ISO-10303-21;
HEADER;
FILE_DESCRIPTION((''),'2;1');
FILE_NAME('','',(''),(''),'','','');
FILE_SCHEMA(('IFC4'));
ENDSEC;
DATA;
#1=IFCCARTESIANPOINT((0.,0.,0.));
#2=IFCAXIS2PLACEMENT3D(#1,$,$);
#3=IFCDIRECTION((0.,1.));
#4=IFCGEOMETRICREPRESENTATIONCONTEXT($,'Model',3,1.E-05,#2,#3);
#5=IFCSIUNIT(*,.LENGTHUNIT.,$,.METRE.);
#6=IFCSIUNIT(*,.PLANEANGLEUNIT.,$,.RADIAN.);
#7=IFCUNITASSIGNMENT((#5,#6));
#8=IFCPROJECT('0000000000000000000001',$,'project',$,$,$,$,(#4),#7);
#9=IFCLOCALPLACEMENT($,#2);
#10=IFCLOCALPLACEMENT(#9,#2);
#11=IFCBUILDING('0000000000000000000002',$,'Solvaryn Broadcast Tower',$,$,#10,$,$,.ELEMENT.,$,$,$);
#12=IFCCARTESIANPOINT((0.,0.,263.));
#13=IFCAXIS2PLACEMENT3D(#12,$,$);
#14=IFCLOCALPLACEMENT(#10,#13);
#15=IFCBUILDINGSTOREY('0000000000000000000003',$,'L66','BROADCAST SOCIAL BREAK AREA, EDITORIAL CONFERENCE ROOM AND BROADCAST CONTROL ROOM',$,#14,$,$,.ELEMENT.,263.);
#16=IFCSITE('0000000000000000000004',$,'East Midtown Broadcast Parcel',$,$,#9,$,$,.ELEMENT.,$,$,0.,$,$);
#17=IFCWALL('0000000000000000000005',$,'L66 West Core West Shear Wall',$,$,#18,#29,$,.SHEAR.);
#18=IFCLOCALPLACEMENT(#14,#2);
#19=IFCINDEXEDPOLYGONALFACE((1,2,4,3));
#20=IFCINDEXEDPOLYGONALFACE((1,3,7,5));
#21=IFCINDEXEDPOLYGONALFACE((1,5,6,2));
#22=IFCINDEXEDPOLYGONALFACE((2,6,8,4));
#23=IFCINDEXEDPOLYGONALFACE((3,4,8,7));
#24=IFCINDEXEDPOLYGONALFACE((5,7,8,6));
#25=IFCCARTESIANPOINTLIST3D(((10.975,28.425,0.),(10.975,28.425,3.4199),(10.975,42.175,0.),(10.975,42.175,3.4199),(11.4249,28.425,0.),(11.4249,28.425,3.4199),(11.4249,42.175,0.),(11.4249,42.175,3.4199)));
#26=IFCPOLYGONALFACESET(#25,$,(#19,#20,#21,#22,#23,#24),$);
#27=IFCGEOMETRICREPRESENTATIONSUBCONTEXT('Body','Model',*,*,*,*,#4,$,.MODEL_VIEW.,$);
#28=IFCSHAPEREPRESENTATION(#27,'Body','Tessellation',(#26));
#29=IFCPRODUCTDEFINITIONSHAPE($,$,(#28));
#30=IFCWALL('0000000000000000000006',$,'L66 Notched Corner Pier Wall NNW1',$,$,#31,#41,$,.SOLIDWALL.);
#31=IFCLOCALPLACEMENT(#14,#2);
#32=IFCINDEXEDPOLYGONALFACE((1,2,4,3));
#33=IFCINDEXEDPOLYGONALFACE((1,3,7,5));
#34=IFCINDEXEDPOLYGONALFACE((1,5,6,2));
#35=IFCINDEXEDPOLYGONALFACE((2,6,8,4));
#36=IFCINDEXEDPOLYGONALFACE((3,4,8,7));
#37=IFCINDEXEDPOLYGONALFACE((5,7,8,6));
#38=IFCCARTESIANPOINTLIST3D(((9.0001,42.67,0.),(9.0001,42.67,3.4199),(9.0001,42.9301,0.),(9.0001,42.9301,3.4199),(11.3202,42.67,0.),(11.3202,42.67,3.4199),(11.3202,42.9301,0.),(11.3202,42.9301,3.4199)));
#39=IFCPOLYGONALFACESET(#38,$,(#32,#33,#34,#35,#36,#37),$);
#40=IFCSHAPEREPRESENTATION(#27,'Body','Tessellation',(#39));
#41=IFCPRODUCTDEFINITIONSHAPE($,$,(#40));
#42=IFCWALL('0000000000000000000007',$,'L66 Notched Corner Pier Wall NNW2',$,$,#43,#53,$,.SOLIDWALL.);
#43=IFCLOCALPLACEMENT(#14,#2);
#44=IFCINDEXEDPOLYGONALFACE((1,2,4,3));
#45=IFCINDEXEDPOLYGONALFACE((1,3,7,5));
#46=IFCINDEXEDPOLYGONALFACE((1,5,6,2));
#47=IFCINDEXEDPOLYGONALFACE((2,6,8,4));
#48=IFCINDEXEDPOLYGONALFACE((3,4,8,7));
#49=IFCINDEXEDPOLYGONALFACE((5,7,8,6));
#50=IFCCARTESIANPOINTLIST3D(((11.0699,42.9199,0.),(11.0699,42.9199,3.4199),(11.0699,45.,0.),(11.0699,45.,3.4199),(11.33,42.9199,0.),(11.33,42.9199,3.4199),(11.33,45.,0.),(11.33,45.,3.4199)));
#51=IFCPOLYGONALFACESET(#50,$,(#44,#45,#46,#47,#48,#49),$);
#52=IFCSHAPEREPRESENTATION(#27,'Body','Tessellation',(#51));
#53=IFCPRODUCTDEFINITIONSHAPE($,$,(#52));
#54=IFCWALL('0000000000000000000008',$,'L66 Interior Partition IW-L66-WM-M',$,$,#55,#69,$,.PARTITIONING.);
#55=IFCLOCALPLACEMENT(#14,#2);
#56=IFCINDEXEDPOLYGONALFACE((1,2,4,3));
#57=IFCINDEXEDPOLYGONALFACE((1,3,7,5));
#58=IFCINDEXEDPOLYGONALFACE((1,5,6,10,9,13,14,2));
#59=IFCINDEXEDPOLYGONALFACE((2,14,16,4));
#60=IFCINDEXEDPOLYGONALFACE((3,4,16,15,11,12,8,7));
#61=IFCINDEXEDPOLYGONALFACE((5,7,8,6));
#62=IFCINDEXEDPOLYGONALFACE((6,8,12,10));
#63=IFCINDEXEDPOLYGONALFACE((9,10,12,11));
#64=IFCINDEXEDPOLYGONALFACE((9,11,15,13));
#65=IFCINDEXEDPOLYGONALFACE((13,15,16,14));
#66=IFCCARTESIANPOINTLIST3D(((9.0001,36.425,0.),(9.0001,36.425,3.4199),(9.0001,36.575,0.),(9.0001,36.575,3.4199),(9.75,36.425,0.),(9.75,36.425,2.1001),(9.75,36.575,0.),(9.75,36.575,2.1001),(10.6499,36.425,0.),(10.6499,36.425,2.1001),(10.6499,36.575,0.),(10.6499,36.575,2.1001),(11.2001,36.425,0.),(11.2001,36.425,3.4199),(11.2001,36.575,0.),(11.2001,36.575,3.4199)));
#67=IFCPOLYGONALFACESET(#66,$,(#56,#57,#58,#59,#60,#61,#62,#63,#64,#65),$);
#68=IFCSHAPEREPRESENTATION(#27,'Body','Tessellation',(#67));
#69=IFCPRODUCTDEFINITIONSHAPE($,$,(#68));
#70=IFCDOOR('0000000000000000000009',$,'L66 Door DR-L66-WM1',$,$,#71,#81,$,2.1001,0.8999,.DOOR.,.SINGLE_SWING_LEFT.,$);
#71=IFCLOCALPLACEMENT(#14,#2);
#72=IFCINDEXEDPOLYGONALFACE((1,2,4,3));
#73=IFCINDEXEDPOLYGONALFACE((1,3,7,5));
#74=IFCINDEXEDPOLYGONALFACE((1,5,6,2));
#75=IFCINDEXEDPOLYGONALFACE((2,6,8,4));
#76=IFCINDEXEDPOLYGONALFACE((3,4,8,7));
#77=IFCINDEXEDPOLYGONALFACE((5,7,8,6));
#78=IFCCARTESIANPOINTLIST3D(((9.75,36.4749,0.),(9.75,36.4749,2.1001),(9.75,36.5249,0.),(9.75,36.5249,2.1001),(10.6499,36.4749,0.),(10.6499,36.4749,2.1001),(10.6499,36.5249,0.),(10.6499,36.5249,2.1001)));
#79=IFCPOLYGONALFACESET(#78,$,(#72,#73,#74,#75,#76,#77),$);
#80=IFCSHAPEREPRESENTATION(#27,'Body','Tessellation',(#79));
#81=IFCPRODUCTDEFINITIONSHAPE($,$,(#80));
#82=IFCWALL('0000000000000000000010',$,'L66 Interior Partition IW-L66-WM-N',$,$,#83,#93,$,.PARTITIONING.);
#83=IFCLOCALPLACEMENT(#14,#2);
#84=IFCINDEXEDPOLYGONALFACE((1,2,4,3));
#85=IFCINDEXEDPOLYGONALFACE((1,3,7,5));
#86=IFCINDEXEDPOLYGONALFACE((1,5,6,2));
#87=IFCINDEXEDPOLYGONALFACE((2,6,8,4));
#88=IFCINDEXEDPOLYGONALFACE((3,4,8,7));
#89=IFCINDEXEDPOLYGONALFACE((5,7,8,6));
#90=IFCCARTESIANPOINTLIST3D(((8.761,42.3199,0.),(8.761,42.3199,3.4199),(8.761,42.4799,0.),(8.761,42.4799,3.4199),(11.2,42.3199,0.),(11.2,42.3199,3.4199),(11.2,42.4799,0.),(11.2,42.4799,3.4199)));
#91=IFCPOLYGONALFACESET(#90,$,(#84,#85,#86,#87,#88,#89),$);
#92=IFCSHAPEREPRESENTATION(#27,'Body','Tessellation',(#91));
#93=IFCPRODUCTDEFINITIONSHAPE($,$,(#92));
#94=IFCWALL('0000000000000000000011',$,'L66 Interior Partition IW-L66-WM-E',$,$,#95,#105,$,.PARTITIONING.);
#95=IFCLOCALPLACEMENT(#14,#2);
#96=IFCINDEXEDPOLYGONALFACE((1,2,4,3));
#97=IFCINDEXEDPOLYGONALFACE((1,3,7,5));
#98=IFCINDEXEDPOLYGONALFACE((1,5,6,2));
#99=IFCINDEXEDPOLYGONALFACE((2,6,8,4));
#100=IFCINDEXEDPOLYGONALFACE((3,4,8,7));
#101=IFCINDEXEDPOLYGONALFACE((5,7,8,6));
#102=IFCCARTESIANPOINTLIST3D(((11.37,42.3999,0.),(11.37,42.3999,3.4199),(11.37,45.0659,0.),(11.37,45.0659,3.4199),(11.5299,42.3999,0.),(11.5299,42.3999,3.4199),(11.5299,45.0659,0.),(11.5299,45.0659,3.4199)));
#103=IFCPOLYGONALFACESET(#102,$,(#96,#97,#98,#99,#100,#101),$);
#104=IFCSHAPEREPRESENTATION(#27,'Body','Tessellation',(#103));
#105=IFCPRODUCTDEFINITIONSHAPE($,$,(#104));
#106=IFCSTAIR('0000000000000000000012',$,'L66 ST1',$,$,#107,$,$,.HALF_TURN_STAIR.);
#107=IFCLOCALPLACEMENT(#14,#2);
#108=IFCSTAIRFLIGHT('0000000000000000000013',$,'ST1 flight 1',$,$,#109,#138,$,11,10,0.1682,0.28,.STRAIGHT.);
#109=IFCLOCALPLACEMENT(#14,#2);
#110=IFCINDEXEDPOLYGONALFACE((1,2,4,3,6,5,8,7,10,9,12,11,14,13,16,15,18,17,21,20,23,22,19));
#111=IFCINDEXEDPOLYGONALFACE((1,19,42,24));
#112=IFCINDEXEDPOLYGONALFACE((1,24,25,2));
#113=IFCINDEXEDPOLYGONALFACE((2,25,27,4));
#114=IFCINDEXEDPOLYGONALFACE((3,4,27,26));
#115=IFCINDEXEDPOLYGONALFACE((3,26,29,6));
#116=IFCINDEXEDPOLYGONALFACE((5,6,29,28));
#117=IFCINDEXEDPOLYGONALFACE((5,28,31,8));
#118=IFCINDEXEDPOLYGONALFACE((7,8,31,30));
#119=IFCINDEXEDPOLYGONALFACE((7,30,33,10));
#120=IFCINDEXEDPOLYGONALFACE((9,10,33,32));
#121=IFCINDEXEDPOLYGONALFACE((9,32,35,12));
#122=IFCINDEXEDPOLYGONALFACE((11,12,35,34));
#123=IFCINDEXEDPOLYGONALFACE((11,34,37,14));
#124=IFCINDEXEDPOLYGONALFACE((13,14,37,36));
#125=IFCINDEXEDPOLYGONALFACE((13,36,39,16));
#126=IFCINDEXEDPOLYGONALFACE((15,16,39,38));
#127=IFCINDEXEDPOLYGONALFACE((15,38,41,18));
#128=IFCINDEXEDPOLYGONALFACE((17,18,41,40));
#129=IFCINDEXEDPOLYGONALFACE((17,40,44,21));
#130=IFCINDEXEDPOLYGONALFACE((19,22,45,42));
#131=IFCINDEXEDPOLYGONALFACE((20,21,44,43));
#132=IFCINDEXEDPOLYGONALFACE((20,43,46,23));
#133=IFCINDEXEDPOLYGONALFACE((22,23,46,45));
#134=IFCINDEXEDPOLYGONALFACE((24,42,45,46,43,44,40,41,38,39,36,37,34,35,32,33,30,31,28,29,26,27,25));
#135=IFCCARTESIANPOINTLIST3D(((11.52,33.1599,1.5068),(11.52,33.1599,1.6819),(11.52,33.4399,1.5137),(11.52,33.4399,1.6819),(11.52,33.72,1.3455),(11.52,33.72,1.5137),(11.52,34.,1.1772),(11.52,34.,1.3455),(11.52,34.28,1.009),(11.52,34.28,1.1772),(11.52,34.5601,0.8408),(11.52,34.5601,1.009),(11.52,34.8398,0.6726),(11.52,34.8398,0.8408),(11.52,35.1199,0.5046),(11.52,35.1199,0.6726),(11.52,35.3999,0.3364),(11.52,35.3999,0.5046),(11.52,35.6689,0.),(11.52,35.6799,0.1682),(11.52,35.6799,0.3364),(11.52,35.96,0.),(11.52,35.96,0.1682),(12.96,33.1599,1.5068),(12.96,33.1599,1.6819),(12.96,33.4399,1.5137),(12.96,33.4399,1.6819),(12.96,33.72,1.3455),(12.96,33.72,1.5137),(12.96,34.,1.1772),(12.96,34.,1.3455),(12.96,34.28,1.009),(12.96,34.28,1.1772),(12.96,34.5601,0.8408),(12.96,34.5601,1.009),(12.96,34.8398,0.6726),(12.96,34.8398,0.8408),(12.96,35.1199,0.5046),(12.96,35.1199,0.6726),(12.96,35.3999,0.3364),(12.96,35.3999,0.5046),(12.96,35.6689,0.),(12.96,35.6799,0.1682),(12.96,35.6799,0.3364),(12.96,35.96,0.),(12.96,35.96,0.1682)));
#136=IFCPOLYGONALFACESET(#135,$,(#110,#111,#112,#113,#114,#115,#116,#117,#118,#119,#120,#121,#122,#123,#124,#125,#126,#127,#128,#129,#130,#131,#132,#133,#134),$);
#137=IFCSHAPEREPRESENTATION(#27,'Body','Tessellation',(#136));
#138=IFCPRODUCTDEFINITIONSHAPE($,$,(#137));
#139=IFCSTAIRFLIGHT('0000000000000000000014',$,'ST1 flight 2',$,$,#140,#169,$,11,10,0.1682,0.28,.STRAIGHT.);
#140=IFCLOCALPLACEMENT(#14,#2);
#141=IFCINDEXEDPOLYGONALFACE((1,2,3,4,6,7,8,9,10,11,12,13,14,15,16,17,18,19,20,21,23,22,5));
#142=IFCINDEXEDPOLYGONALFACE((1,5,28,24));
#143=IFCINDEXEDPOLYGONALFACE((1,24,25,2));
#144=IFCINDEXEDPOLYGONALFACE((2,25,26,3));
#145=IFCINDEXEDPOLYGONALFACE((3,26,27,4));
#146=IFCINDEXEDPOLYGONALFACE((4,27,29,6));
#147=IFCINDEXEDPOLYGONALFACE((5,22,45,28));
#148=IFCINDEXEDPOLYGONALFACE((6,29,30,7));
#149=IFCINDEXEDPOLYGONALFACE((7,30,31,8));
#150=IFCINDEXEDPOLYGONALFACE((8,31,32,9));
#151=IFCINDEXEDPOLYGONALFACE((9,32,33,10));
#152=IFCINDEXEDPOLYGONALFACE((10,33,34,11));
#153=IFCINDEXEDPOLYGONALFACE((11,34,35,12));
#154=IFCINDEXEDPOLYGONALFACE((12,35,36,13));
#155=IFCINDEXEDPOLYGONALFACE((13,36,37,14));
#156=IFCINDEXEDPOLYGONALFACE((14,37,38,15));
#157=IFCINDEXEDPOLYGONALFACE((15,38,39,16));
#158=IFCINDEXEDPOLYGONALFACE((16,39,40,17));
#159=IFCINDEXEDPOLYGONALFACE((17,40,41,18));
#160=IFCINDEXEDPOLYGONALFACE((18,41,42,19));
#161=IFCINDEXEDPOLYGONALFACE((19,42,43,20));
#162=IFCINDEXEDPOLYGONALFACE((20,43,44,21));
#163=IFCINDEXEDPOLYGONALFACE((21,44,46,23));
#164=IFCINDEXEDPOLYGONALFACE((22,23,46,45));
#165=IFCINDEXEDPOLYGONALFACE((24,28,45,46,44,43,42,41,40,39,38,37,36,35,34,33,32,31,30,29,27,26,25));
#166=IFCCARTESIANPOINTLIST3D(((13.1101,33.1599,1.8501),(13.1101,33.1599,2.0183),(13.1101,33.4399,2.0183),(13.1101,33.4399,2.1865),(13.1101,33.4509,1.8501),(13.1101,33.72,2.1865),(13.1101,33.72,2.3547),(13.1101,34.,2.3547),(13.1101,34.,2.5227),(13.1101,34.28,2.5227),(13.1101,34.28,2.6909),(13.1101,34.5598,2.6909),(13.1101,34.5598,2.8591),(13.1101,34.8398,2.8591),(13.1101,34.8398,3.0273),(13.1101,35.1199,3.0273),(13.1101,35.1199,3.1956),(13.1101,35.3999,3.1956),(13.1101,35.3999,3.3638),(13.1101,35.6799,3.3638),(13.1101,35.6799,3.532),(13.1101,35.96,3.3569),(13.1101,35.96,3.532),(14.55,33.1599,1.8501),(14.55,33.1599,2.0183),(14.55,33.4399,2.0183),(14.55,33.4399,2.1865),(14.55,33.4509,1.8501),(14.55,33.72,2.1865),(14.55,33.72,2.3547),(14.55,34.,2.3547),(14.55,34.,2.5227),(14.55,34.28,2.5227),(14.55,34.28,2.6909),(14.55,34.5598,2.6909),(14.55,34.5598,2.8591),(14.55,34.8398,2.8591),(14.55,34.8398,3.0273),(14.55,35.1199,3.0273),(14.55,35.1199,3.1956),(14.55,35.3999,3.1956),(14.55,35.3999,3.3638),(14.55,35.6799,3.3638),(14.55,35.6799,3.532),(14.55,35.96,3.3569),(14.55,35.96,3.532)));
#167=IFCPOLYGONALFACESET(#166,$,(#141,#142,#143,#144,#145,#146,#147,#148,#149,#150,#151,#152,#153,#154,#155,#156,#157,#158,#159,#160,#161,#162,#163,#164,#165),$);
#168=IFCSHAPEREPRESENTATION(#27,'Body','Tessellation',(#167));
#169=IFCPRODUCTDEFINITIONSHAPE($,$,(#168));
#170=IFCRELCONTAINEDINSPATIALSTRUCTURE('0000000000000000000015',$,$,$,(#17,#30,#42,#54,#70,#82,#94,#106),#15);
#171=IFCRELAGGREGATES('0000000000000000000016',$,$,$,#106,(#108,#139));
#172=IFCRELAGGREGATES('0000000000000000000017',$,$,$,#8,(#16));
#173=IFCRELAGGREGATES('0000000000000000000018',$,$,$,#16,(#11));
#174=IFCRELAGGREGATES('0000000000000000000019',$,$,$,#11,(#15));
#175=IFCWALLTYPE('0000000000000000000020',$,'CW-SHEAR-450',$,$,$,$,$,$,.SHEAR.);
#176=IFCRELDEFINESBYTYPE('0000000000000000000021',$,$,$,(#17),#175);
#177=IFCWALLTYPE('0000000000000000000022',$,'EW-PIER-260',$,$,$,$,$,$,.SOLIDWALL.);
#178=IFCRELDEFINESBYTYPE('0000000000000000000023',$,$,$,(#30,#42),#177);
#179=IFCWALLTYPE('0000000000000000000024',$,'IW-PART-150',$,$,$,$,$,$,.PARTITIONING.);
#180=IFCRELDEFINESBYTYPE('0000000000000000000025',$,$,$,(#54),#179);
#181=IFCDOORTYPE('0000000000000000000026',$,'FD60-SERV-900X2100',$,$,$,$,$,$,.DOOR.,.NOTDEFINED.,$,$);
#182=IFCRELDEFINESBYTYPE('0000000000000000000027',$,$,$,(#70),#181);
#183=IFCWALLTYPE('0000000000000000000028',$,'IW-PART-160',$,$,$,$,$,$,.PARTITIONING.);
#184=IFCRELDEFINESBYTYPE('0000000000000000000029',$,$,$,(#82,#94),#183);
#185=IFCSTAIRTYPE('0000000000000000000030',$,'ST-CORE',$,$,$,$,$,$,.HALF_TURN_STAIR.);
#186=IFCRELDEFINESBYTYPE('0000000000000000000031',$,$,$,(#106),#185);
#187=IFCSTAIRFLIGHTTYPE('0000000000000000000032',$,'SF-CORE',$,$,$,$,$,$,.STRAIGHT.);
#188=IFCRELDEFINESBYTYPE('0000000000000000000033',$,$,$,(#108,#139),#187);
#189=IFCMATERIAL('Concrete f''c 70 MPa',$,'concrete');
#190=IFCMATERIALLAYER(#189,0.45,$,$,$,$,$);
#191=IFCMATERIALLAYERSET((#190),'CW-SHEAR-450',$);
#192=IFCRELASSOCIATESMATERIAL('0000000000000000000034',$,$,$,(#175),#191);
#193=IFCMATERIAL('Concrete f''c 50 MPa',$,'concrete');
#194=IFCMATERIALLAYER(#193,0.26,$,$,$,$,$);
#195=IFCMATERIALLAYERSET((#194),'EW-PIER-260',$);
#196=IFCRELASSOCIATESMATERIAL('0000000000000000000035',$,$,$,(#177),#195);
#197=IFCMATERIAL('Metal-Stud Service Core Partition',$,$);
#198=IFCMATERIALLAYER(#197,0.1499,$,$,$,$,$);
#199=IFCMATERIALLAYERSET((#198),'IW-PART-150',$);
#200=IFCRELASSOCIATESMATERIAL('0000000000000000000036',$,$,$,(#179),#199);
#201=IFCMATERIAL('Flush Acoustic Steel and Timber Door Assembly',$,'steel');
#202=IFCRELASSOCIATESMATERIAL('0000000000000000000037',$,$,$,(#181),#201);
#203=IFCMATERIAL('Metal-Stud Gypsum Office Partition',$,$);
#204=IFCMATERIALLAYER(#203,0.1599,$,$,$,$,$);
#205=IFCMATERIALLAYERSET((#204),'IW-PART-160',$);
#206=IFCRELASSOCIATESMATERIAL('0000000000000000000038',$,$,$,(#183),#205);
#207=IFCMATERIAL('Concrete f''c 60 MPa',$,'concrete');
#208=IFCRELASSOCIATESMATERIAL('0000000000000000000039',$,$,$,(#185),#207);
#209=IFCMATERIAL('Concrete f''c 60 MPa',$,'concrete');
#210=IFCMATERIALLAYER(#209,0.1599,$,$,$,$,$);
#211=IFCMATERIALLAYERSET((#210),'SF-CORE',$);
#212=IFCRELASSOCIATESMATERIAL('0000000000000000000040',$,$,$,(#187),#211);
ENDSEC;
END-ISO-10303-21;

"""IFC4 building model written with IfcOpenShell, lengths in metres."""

from ifc_helpers import new_model, si_unit, direction, frame, frame_2d, origin, place, context, subcontext, project, spatial, polyline, rectangle, outline, extrude, material, layer, layer_set, type_object, element, fill, aggregate, save


model = new_model("IFC4")

# Units and contexts
model_context = context("Model", 3, precision=1e-05, world=origin(), true_north=direction((0.0, 1.0)))
body_context = subcontext(model_context, "Body", "Model", "MODEL_VIEW")
ifc_project = project(units=[si_unit("LENGTHUNIT", "METRE"), si_unit("PLANEANGLEUNIT", "RADIAN")], contexts=[model_context])

# Site, building, storey
site_placement = place(None, origin())
site = spatial("IfcSite", under=ifc_project, at=site_placement, Name="East Midtown Broadcast Parcel", CompositionType="ELEMENT", RefElevation=0.0)
building_placement = place(site_placement, origin())
building = spatial("IfcBuilding", under=site, at=building_placement, Name="Solvaryn Broadcast Tower", CompositionType="ELEMENT")
storey_placement = place(building_placement, frame((0.0, 0.0, 263.0)))
storey = spatial("IfcBuildingStorey", under=building, at=storey_placement, Name="L66", Description="BROADCAST SOCIAL BREAK AREA, EDITORIAL CONFERENCE ROOM AND BROADCAST CONTROL ROOM", CompositionType="ELEMENT", Elevation=263.0)

# Walls
ifc_material_1 = material(Name="Concrete f'c 70 MPa", Category="concrete")
ifc_layer_1 = layer(ifc_material_1, 0.45)
ifc_layer_set_1 = layer_set([ifc_layer_1], Name="CW-SHEAR-450")
wall_type_1 = type_object("IfcWallType", Name="CW-SHEAR-450", PredefinedType="SHEAR", material=ifc_layer_set_1)
wall_1_placement = place(storey_placement, frame((11.2, 42.175, 0.0), z_axis=(0.0, 0.0, 1.0), x_axis=(0.0, -1.0, 0.0)))
element("IfcWall", 1, at=wall_1_placement, inside=storey, type_object=wall_type_1, Name="L66 West Core West Shear Wall", PredefinedType="SHEAR", context=body_context, shape_type="SweptSolid", body=[
    extrude(rectangle(XDim=13.75, YDim=0.45, at=frame_2d((6.875, 0.0))), origin(), (0.0, 0.0, 1.0), 3.4199),
])
ifc_material_2 = material(Name="Concrete f'c 50 MPa", Category="concrete")
ifc_layer_2 = layer(ifc_material_2, 0.26)
ifc_layer_set_2 = layer_set([ifc_layer_2], Name="EW-PIER-260")
wall_type_2 = type_object("IfcWallType", Name="EW-PIER-260", PredefinedType="SOLIDWALL", material=ifc_layer_set_2)
wall_2_placement = place(storey_placement, frame((9.0, 42.8, 0.0), z_axis=(0.0, 0.0, 1.0), x_axis=(1.0, 0.0, 0.0)))
element("IfcWall", 2, at=wall_2_placement, inside=storey, type_object=wall_type_2, Name="L66 Notched Corner Pier Wall NNW1", PredefinedType="SOLIDWALL", context=body_context, shape_type="SweptSolid", body=[
    extrude(rectangle(XDim=2.3201, YDim=0.26, at=frame_2d((1.1602, 0.0))), origin(), (0.0, 0.0, 1.0), 3.4199),
])
wall_3_placement = place(storey_placement, frame((11.2, 42.9199, 0.0), z_axis=(0.0, 0.0, 1.0), x_axis=(0.0, 1.0, 0.0)))
element("IfcWall", 3, at=wall_3_placement, inside=storey, type_object=wall_type_2, Name="L66 Notched Corner Pier Wall NNW2", PredefinedType="SOLIDWALL", context=body_context, shape_type="SweptSolid", body=[
    extrude(rectangle(XDim=2.0801, YDim=0.26, at=frame_2d((1.04, 0.0))), origin(), (0.0, 0.0, 1.0), 3.4199),
])

# Wall, opening, door
ifc_material_3 = material(Name="Metal-Stud Service Core Partition")
ifc_layer_3 = layer(ifc_material_3, 0.1499)
ifc_layer_set_3 = layer_set([ifc_layer_3], Name="IW-PART-150")
wall_type_3 = type_object("IfcWallType", Name="IW-PART-150", PredefinedType="PARTITIONING", material=ifc_layer_set_3)
wall_4_placement = place(storey_placement, frame((9.0, 36.5, 0.0), z_axis=(0.0, 0.0, 1.0), x_axis=(1.0, 0.0, 0.0)))
wall_4 = element("IfcWall", 4, at=wall_4_placement, inside=storey, type_object=wall_type_3, Name="L66 Interior Partition IW-L66-WM-M", PredefinedType="PARTITIONING", context=body_context, shape_type="SweptSolid", body=[
    extrude(rectangle(XDim=2.2, YDim=0.1499, at=frame_2d((1.1001, 0.0))), origin(), (0.0, 0.0, 1.0), 3.4199),
])
opening_placement = place(wall_4_placement, frame((0.75, 0.0, 0.0)))
opening = element("IfcOpeningElement", 5, at=opening_placement, cuts=wall_4, PredefinedType="OPENING", context=body_context, shape_type="SweptSolid", body=[
    extrude(rectangle(XDim=0.8999, YDim=2.1001, at=frame_2d((0.45, 1.05))), frame((0.0, 0.085, 0.0), z_axis=(0.0, -1.0, 0.0), x_axis=(1.0, 0.0, 0.0)), (0.0, 0.0, 1.0), 0.1699),
])
ifc_material_4 = material(Name="Flush Acoustic Steel and Timber Door Assembly", Category="steel")
door_type = type_object("IfcDoorType", Name="FD60-SERV-900X2100", OperationType="NOTDEFINED", PredefinedType="DOOR", material=ifc_material_4)
door_placement = place(opening_placement, origin())
door = element("IfcDoor", 6, at=door_placement, inside=storey, type_object=door_type, Name="L66 Door DR-L66-WM1", OperationType="SINGLE_SWING_LEFT", OverallHeight=2.1001, OverallWidth=0.8999, PredefinedType="DOOR", context=body_context, shape_type="SweptSolid", body=[
    extrude(rectangle(XDim=0.8999, YDim=2.1001, at=frame_2d((0.45, 1.05))), frame((0.0, 0.0249, 0.0), z_axis=(0.0, -1.0, 0.0), x_axis=(1.0, 0.0, 0.0)), (0.0, 0.0, 1.0), 0.05),
])
fill(opening, door)

# Walls
ifc_material_5 = material(Name="Metal-Stud Gypsum Office Partition")
ifc_layer_4 = layer(ifc_material_5, 0.1599)
ifc_layer_set_4 = layer_set([ifc_layer_4], Name="IW-PART-160")
wall_type_4 = type_object("IfcWallType", Name="IW-PART-160", PredefinedType="PARTITIONING", material=ifc_layer_set_4)
wall_5_placement = place(storey_placement, frame((8.761, 42.3999, 0.0), z_axis=(0.0, 0.0, 1.0), x_axis=(1.0, 0.0, 0.0)))
element("IfcWall", 7, at=wall_5_placement, inside=storey, type_object=wall_type_4, Name="L66 Interior Partition IW-L66-WM-N", PredefinedType="PARTITIONING", context=body_context, shape_type="SweptSolid", body=[
    extrude(rectangle(XDim=2.439, YDim=0.1599, at=frame_2d((1.2195, 0.0))), origin(), (0.0, 0.0, 1.0), 3.4199),
])
wall_6_placement = place(storey_placement, frame((11.45, 42.3999, 0.0), z_axis=(0.0, 0.0, 1.0), x_axis=(0.0, 1.0, 0.0)))
element("IfcWall", 8, at=wall_6_placement, inside=storey, type_object=wall_type_4, Name="L66 Interior Partition IW-L66-WM-E", PredefinedType="PARTITIONING", context=body_context, shape_type="SweptSolid", body=[
    extrude(rectangle(XDim=2.666, YDim=0.1599, at=frame_2d((1.333, 0.0))), origin(), (0.0, 0.0, 1.0), 3.4199),
])

# Stair, stair flights
ifc_material_6 = material(Name="Concrete f'c 60 MPa", Category="concrete")
stair_type = type_object("IfcStairType", Name="ST-CORE", PredefinedType="HALF_TURN_STAIR", material=ifc_material_6)
stair_placement = place(storey_placement, origin())
stair = element("IfcStair", 9, at=stair_placement, inside=storey, type_object=stair_type, Name="L66 ST1", PredefinedType="HALF_TURN_STAIR")
ifc_material_7 = material(Name="Concrete f'c 60 MPa", Category="concrete")
ifc_layer_5 = layer(ifc_material_7, 0.1599)
ifc_layer_set_5 = layer_set([ifc_layer_5], Name="SF-CORE")
stair_flight_type = type_object("IfcStairFlightType", Name="SF-CORE", PredefinedType="STRAIGHT", material=ifc_layer_set_5)
stair_flight_1_placement = place(storey_placement, frame((12.24, 35.96, 0.0), z_axis=(0.0, 0.0, 1.0), x_axis=(0.0, -1.0, 0.0)))
stair_flight_1 = element("IfcStairFlight", 10, at=stair_flight_1_placement, type_object=stair_flight_type, Name="ST1 flight 1", NumberOfRisers=11, NumberOfTreads=10, PredefinedType="STRAIGHT", RiserHeight=0.1682, TreadLength=0.28, context=body_context, shape_type="SweptSolid", body=[
    extrude(outline(polyline([(0.0, 0.0), (0.0, 0.1682), (0.28, 0.1682), (0.28, 0.3364), (0.5601, 0.3364), (0.5601, 0.5046), (0.8401, 0.5046), (0.8401, 0.6726), (1.1201, 0.6726), (1.1201, 0.8408), (1.3999, 0.8408), (1.3999, 1.009), (1.6799, 1.009), (1.6799, 1.1772), (1.96, 1.1772), (1.96, 1.3455), (2.24, 1.3455), (2.24, 1.5137), (2.52, 1.5137), (2.52, 1.6819), (2.8, 1.6819), (2.8, 1.8501), (2.8, 1.5068), (0.291, 0.0), (0.0, 0.0)])), frame((0.0, 0.72, 0.0), z_axis=(0.0, -1.0, 0.0), x_axis=(1.0, 0.0, 0.0)), (0.0, 0.0, 1.0), 1.4399),
])
stair_flight_2_placement = place(storey_placement, frame((13.8301, 33.1599, 1.8501), z_axis=(0.0, 0.0, 1.0), x_axis=(0.0, 1.0, 0.0)))
stair_flight_2 = element("IfcStairFlight", 11, at=stair_flight_2_placement, type_object=stair_flight_type, Name="ST1 flight 2", NumberOfRisers=11, NumberOfTreads=10, PredefinedType="STRAIGHT", RiserHeight=0.1682, TreadLength=0.28, context=body_context, shape_type="SweptSolid", body=[
    extrude(outline(polyline([(0.0, 0.0), (0.0, 0.1682), (0.28, 0.1682), (0.28, 0.3364), (0.5601, 0.3364), (0.5601, 0.5046), (0.8401, 0.5046), (0.8401, 0.6726), (1.1201, 0.6726), (1.1201, 0.8408), (1.3999, 0.8408), (1.3999, 1.009), (1.6799, 1.009), (1.6799, 1.1772), (1.96, 1.1772), (1.96, 1.3455), (2.24, 1.3455), (2.24, 1.5137), (2.52, 1.5137), (2.52, 1.6819), (2.8, 1.6819), (2.8, 1.8501), (2.8, 1.5068), (0.291, 0.0), (0.0, 0.0)])), frame((0.0, 0.72, 0.0), z_axis=(0.0, -1.0, 0.0), x_axis=(1.0, 0.0, 0.0)), (0.0, 0.0, 1.0), 1.4399),
])
aggregate(stair, [stair_flight_1, stair_flight_2])

save(model, "model.ifc")
